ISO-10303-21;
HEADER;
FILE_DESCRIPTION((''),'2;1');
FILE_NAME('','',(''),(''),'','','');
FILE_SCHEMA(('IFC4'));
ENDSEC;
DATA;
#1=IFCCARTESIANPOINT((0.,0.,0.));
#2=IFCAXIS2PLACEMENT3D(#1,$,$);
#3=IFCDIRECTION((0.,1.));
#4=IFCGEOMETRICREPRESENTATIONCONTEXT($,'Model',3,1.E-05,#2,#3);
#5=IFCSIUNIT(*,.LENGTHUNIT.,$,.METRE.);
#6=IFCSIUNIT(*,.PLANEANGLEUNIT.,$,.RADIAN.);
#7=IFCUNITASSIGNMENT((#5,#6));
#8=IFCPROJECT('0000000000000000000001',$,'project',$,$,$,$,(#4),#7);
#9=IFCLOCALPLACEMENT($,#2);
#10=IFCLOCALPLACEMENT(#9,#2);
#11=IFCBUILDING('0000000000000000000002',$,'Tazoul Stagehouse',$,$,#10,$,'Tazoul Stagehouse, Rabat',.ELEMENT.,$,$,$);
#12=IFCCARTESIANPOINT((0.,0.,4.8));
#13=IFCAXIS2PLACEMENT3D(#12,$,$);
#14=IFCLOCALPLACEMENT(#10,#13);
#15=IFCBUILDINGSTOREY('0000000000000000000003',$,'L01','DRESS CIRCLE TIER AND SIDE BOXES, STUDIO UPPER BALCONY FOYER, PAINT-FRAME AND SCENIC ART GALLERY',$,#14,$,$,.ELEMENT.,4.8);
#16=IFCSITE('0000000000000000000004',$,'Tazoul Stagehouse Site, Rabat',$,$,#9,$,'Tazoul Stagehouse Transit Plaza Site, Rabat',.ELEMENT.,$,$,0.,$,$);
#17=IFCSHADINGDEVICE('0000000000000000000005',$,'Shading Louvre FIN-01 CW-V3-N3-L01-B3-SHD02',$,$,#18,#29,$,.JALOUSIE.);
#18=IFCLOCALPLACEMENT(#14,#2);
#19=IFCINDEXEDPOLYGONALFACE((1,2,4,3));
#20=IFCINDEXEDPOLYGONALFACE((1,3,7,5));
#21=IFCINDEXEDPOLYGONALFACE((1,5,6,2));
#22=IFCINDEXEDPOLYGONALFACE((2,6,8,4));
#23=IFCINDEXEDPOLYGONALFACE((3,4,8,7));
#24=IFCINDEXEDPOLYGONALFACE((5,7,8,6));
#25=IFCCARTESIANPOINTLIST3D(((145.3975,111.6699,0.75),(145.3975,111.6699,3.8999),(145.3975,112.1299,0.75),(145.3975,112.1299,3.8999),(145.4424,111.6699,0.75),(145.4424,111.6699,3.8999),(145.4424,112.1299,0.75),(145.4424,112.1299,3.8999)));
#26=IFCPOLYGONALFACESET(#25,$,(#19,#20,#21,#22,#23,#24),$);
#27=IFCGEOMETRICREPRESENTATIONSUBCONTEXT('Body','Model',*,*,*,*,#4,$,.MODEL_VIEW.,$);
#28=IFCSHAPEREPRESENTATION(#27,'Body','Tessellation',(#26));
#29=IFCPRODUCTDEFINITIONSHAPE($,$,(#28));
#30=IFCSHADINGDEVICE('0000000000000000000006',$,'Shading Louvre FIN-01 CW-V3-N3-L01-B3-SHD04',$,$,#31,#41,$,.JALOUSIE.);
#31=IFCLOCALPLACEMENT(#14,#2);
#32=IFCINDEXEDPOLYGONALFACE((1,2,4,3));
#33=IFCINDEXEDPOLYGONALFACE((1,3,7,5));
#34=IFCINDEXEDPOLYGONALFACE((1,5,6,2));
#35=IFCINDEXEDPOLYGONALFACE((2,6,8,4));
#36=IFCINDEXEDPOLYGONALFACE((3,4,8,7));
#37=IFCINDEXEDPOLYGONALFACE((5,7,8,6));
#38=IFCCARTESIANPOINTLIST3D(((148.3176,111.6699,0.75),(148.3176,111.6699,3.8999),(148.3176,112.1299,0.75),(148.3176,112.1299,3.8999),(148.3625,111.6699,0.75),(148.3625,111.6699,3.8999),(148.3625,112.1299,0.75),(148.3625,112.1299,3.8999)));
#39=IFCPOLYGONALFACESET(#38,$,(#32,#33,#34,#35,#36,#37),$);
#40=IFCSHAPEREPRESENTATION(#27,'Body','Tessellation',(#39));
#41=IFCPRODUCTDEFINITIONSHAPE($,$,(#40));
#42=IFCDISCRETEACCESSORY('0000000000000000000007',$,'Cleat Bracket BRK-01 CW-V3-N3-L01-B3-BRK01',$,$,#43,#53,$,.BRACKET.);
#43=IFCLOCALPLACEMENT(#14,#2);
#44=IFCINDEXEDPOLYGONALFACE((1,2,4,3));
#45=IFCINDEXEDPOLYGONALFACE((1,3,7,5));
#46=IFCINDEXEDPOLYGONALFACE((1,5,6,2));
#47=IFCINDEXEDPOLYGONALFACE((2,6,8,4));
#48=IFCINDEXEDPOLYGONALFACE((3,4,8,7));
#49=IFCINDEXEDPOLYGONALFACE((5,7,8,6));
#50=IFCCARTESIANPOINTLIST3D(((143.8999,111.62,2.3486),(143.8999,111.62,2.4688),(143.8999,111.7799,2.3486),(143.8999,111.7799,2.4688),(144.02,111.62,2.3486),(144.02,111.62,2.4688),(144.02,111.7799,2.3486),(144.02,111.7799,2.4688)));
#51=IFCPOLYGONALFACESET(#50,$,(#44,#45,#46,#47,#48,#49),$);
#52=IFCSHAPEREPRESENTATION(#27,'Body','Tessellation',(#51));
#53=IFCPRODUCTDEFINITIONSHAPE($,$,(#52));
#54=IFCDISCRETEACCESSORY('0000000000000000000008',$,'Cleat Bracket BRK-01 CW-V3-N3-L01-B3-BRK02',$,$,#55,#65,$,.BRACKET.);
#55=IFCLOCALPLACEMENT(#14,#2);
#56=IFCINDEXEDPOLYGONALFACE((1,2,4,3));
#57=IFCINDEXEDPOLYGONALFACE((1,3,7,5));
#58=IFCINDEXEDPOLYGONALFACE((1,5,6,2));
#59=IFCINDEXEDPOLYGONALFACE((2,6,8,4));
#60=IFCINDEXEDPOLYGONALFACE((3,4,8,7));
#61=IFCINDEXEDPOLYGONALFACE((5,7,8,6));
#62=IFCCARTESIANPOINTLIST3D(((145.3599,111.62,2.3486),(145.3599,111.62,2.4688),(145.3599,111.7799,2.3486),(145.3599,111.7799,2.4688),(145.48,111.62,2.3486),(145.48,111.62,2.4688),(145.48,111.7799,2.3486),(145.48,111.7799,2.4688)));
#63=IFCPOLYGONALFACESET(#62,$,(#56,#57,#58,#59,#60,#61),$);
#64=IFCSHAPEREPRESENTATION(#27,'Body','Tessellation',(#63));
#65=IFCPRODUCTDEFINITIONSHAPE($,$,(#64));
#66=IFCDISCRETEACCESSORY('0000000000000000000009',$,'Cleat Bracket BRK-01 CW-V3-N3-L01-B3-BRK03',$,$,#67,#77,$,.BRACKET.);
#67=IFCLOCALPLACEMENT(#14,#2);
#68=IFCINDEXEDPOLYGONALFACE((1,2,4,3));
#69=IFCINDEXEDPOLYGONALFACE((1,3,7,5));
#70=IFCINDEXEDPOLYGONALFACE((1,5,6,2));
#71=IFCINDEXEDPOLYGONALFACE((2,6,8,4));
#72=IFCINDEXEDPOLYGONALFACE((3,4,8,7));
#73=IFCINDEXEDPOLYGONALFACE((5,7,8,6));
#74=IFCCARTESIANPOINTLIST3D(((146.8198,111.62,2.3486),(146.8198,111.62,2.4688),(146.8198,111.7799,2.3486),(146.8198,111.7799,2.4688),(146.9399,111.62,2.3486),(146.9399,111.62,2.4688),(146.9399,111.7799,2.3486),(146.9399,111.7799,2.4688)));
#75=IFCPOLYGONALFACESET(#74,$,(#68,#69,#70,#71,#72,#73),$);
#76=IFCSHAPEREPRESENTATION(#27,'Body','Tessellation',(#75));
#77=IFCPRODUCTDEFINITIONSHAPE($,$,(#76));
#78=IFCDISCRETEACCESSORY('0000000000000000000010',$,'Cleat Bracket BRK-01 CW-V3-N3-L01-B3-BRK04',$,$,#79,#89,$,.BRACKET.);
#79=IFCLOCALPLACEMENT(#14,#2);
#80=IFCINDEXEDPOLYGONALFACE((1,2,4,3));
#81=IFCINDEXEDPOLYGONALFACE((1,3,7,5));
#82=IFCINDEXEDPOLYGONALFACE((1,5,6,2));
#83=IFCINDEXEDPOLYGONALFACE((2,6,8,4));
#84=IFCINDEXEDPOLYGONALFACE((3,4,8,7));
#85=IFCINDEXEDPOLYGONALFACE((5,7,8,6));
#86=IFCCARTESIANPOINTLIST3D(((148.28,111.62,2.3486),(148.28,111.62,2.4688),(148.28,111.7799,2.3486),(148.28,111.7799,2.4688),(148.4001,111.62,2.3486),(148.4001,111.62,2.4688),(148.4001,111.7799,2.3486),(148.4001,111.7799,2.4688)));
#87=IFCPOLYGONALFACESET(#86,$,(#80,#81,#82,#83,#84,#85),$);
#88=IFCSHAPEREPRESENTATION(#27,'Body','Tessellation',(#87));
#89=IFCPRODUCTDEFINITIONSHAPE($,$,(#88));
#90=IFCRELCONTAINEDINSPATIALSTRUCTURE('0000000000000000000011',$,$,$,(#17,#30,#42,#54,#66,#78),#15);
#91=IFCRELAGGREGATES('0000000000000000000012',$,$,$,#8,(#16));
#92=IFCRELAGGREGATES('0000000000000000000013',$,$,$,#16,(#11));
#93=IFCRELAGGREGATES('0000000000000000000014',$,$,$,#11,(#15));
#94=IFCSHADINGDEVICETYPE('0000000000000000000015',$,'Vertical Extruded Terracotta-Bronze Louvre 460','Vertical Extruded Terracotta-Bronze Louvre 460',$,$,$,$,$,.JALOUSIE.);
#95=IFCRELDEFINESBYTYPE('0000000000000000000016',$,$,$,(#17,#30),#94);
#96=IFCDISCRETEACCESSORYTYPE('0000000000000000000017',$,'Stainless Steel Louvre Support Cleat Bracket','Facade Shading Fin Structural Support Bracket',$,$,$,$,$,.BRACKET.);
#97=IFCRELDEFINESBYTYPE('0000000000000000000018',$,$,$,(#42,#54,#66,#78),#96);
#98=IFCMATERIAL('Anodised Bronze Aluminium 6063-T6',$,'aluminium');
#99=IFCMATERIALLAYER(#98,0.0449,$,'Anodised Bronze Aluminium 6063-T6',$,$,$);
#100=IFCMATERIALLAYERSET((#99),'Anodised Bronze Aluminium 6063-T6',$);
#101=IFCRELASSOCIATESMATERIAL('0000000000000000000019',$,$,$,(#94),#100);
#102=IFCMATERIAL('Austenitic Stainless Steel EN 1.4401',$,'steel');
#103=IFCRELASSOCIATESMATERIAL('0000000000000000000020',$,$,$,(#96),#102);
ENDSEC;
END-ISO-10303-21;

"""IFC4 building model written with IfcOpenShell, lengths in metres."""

from ifc_helpers import new_model, si_unit, direction, frame, origin, origin_2d, place, context, subcontext, project, spatial, rectangle, extrude, material, layer, layer_set, type_object, element, save


model = new_model("IFC4")

# Units and contexts
model_context = context("Model", 3, precision=1e-05, world=origin(), true_north=direction((0.0, 1.0)))
body_context = subcontext(model_context, "Body", "Model", "MODEL_VIEW")
ifc_project = project(units=[si_unit("LENGTHUNIT", "METRE"), si_unit("PLANEANGLEUNIT", "RADIAN")], contexts=[model_context])

# Site, building, storey
site_placement = place(None, origin())
site = spatial("IfcSite", under=ifc_project, at=site_placement, Name="Tazoul Stagehouse Site, Rabat", LongName="Tazoul Stagehouse Transit Plaza Site, Rabat", CompositionType="ELEMENT", RefElevation=0.0)
building_placement = place(site_placement, origin())
building = spatial("IfcBuilding", under=site, at=building_placement, Name="Tazoul Stagehouse", LongName="Tazoul Stagehouse, Rabat", CompositionType="ELEMENT")
storey_placement = place(building_placement, frame((0.0, 0.0, 4.8)))
storey = spatial("IfcBuildingStorey", under=building, at=storey_placement, Name="L01", Description="DRESS CIRCLE TIER AND SIDE BOXES, STUDIO UPPER BALCONY FOYER, PAINT-FRAME AND SCENIC ART GALLERY", CompositionType="ELEMENT", Elevation=4.8)

# Shared definitions
ifc_material_1 = material(Name="Anodised Bronze Aluminium 6063-T6", Category="aluminium")

# Shading devices
ifc_layer_1 = layer(ifc_material_1, 0.0449, Name="Anodised Bronze Aluminium 6063-T6")
ifc_layer_set_1 = layer_set([ifc_layer_1], Name="Anodised Bronze Aluminium 6063-T6")
shading_device_type_1 = type_object("IfcShadingDeviceType", Name="Vertical Extruded Terracotta-Bronze Louvre 460", Description="Vertical Extruded Terracotta-Bronze Louvre 460", PredefinedType="JALOUSIE", material=ifc_layer_set_1)
for number, where, z_axis, x_axis, name in (
    (1, (145.4199, 111.8999, 0.75), (0.0, 0.0, 1.0), (1.0, 0.0, 0.0), "Shading Louvre FIN-01 CW-V3-N3-L01-B3-SHD02"),
    (2, (148.3401, 111.8999, 0.75), (0.0, 0.0, 1.0), (1.0, 0.0, 0.0), "Shading Louvre FIN-01 CW-V3-N3-L01-B3-SHD04"),
):
    element("IfcShadingDevice", number, at=place(storey_placement, frame(where, z_axis=z_axis, x_axis=x_axis)), inside=storey, type_object=shading_device_type_1, Name=name, PredefinedType="JALOUSIE", context=body_context, shape_type="SweptSolid", body=[
        extrude(rectangle(XDim=0.0449, YDim=0.46, at=origin_2d()), origin(), (0.0, 0.0, 1.0), 3.1499),
    ])

# Discrete accessories
ifc_material_2 = material(Name="Austenitic Stainless Steel EN 1.4401", Category="steel")
discrete_accessory_type = type_object("IfcDiscreteAccessoryType", Name="Stainless Steel Louvre Support Cleat Bracket", Description="Facade Shading Fin Structural Support Bracket", PredefinedType="BRACKET", material=ifc_material_2)
for number, where, z_axis, x_axis, name in (
    (3, (143.96, 111.7, 2.3486), (0.0, 0.0, 1.0), (1.0, 0.0, 0.0), "Cleat Bracket BRK-01 CW-V3-N3-L01-B3-BRK01"),
    (4, (145.4199, 111.7, 2.3486), (0.0, 0.0, 1.0), (1.0, 0.0, 0.0), "Cleat Bracket BRK-01 CW-V3-N3-L01-B3-BRK02"),
    (5, (146.8799, 111.7, 2.3486), (0.0, 0.0, 1.0), (1.0, 0.0, 0.0), "Cleat Bracket BRK-01 CW-V3-N3-L01-B3-BRK03"),
    (6, (148.3401, 111.7, 2.3486), (0.0, 0.0, 1.0), (1.0, 0.0, 0.0), "Cleat Bracket BRK-01 CW-V3-N3-L01-B3-BRK04"),
):
    element("IfcDiscreteAccessory", number, at=place(storey_placement, frame(where, z_axis=z_axis, x_axis=x_axis)), inside=storey, type_object=discrete_accessory_type, Name=name, PredefinedType="BRACKET", context=body_context, shape_type="SweptSolid", body=[
        extrude(rectangle(XDim=0.1201, YDim=0.1599, at=origin_2d()), origin(), (0.0, 0.0, 1.0), 0.1201),
    ])

save(model, "model.ifc")
